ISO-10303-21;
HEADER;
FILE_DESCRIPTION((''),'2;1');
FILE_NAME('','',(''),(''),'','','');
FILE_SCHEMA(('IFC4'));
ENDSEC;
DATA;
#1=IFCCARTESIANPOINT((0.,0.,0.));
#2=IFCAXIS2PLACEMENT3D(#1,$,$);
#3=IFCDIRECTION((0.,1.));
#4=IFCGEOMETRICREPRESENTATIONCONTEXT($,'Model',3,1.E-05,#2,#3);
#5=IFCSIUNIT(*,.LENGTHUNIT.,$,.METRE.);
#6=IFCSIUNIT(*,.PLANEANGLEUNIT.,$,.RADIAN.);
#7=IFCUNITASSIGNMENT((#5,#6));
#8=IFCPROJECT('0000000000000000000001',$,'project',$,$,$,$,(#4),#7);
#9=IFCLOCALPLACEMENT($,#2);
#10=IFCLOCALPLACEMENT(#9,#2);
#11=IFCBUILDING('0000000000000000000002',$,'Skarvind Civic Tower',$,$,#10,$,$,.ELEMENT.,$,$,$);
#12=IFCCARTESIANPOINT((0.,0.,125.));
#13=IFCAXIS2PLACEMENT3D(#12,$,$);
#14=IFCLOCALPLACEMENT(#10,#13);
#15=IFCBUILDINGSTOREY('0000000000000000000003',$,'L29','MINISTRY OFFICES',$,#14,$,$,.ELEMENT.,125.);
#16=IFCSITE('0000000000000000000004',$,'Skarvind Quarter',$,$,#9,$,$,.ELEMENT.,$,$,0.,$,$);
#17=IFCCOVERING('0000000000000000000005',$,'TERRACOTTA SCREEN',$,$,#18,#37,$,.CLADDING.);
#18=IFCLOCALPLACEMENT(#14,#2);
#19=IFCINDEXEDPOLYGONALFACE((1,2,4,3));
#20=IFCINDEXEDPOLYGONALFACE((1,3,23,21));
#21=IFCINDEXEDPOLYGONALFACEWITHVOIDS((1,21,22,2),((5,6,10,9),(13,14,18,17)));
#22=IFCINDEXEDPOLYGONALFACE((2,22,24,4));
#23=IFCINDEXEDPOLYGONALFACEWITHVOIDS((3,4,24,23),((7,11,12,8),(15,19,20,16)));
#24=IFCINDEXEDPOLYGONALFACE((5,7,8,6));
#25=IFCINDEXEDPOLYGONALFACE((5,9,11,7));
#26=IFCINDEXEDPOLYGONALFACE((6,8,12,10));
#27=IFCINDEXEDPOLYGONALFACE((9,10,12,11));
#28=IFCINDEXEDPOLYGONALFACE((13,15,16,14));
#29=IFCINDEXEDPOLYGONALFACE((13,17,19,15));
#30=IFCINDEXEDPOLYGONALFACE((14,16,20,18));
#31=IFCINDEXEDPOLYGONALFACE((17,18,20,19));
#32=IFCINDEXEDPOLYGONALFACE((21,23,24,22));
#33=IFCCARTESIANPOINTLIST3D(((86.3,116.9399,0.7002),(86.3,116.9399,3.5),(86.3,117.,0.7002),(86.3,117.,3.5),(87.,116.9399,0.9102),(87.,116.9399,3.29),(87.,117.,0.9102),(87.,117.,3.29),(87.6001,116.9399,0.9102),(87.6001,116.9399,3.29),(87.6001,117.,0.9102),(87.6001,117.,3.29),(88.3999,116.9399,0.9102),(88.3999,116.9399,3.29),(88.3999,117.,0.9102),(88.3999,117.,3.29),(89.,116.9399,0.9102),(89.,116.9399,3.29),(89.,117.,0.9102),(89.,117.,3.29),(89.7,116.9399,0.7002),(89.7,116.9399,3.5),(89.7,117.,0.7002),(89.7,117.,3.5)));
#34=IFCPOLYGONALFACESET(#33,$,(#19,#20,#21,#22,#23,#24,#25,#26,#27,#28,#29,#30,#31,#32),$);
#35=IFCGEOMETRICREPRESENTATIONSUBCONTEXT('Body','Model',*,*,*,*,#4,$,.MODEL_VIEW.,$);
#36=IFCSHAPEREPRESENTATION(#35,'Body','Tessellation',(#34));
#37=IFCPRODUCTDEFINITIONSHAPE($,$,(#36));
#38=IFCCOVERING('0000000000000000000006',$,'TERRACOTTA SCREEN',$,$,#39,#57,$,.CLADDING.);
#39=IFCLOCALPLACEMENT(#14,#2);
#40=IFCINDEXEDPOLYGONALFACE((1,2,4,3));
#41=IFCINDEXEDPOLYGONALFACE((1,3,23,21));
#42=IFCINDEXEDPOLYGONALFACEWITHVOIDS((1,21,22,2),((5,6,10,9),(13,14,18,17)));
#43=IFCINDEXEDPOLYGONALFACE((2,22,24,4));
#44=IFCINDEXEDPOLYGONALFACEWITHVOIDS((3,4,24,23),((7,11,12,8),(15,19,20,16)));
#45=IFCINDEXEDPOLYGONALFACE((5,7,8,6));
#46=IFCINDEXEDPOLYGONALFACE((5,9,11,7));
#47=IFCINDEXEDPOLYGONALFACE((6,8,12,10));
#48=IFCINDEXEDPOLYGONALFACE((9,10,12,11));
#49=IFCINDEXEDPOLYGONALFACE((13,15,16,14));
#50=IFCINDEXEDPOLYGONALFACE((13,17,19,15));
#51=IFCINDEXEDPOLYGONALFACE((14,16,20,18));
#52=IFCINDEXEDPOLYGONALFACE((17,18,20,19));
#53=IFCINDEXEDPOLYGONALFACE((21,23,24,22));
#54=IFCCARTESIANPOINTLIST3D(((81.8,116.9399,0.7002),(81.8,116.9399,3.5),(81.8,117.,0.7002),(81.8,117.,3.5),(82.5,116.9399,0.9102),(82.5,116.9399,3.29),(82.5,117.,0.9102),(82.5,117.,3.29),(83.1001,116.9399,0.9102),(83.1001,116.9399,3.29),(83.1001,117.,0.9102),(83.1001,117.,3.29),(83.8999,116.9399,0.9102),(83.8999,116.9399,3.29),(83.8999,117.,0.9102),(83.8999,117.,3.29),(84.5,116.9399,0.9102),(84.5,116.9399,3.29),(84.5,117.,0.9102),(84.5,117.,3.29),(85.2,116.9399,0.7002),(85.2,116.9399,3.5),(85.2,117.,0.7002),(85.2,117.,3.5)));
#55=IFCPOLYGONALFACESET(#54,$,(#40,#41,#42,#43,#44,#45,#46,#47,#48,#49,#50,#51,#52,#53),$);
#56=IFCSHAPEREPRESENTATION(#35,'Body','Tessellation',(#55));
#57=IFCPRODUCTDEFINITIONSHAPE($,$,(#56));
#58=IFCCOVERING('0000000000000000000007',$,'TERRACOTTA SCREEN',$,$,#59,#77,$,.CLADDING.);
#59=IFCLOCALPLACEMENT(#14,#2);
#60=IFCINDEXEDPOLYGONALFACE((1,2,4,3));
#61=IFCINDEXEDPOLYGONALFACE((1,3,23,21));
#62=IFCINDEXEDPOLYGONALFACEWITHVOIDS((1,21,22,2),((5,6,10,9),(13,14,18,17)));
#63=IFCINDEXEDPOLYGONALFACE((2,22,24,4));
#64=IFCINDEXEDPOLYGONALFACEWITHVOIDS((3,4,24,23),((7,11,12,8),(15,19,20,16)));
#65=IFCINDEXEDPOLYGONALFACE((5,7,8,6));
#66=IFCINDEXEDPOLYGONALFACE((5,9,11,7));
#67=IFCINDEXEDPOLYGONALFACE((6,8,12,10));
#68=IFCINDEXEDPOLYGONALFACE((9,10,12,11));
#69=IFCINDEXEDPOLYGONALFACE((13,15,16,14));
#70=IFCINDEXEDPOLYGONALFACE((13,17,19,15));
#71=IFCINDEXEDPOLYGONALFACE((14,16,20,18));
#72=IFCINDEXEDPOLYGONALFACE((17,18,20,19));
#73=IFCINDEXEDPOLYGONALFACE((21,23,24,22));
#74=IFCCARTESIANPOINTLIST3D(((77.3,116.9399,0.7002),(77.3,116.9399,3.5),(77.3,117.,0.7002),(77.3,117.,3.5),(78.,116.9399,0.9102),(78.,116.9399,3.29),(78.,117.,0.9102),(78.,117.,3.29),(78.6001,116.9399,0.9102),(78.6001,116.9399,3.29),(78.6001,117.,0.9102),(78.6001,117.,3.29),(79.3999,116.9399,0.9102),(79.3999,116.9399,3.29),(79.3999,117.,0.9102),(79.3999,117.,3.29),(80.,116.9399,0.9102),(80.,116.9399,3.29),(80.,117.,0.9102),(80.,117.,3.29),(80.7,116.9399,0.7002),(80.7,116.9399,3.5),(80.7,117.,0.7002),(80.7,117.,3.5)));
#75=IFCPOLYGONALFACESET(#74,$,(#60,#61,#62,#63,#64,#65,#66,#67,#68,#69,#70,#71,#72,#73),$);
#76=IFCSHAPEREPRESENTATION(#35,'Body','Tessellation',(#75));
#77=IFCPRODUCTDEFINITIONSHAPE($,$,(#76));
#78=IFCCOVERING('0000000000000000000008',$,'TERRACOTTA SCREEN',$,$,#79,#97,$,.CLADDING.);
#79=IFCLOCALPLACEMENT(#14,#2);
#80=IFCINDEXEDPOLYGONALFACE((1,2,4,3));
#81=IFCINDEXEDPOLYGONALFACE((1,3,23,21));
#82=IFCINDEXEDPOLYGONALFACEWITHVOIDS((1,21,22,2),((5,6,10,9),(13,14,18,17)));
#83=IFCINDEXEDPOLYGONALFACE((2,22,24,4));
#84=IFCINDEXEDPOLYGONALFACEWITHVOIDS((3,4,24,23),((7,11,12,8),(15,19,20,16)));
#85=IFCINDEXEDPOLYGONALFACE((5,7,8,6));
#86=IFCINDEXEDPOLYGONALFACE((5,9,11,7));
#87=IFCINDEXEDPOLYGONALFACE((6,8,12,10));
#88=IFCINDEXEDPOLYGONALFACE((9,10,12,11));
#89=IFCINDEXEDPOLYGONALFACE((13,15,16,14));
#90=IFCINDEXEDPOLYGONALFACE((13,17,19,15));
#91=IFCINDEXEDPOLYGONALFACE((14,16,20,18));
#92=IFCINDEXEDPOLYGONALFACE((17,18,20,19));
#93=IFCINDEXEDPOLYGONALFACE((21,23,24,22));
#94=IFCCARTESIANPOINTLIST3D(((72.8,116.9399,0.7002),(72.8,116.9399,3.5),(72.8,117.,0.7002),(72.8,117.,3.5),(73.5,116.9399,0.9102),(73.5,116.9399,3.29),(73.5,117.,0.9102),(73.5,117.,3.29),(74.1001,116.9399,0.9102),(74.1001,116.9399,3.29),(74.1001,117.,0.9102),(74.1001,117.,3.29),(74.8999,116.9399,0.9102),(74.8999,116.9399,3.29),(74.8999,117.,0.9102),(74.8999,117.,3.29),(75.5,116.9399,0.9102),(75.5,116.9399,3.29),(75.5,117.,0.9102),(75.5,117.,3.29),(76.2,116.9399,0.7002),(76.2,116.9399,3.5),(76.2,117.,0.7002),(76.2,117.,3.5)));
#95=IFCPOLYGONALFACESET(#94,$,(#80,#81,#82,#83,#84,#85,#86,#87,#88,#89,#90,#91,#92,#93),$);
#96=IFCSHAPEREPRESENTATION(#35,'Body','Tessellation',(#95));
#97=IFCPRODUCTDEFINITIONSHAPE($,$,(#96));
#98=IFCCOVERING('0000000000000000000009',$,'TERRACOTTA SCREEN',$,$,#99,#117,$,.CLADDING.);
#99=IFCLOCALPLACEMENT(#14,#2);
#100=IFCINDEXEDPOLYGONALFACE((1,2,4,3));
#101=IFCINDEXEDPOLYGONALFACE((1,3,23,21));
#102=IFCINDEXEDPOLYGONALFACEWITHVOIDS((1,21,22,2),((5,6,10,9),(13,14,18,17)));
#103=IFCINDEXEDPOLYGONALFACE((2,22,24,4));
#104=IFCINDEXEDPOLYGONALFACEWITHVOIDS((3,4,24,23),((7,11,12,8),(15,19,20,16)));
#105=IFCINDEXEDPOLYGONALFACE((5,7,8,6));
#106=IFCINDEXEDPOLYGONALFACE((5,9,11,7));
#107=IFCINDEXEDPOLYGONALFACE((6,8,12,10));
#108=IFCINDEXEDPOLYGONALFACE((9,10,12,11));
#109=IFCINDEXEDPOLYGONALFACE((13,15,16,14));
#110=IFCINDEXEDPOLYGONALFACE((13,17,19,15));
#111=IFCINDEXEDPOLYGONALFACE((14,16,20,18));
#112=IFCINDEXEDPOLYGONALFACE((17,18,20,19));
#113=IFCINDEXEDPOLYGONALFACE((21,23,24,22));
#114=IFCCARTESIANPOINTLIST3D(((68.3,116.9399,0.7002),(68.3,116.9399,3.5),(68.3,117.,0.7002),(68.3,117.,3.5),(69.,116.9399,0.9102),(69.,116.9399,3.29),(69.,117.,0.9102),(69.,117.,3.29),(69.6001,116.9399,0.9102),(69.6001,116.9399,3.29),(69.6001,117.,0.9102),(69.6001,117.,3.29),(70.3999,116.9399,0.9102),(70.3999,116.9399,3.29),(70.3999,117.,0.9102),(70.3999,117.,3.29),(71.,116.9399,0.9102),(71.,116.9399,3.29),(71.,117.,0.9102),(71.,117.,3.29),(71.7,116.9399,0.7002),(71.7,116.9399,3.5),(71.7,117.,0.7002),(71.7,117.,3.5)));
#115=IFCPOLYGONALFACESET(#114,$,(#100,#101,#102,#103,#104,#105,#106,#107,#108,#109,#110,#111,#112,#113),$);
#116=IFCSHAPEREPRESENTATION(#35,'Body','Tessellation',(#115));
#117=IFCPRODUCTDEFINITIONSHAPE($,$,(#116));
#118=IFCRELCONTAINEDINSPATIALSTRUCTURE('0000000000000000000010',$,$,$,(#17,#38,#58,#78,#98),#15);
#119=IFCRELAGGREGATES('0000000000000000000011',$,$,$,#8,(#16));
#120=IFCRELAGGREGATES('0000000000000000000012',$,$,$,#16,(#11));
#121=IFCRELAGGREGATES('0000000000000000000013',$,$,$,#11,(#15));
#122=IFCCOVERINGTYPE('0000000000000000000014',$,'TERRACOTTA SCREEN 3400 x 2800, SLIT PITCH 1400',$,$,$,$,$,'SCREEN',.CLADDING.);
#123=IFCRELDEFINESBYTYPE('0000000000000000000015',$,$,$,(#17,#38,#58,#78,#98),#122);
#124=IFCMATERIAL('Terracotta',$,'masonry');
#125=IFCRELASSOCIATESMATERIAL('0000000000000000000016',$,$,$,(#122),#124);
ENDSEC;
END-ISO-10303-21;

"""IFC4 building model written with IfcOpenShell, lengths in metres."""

from ifc_helpers import new_model, si_unit, direction, frame, origin, place, context, subcontext, project, spatial, polyline, outline, extrude, material, material_profile, profile_set, type_object, element, save


model = new_model("IFC4")

# Units and contexts
model_context = context("Model", 3, precision=1e-05, world=origin(), true_north=direction((0.0, 1.0)))
body_context = subcontext(model_context, "Body", "Model", "MODEL_VIEW")
ifc_project = project(units=[si_unit("LENGTHUNIT", "METRE"), si_unit("PLANEANGLEUNIT", "RADIAN")], contexts=[model_context])

# Site, building, storey
site_placement = place(None, origin())
site = spatial("IfcSite", under=ifc_project, at=site_placement, Name="Skarvind Quarter", CompositionType="ELEMENT", RefElevation=0.0)
building_placement = place(site_placement, origin())
building = spatial("IfcBuilding", under=site, at=building_placement, Name="Skarvind Civic Tower", CompositionType="ELEMENT")
storey_placement = place(building_placement, frame((0.0, 0.0, 125.0)))
storey = spatial("IfcBuildingStorey", under=building, at=storey_placement, Name="L29", Description="MINISTRY OFFICES", CompositionType="ELEMENT", Elevation=125.0)

# Coverings
ifc_material_1 = material(Name="Terracotta", Category="masonry")
ifc_material_profile_1 = material_profile(ifc_material_1, outline(polyline([(-1.7, -1.3999), (1.7, -1.3999), (1.7, 1.3999), (-1.7, 1.3999), (-1.7, -1.3999)]), holes=[polyline([(-1.0, -1.1899), (-0.3999, -1.1899), (-0.3999, 1.1899), (-1.0, 1.1899), (-1.0, -1.1899)]), polyline([(0.3999, -1.1899), (1.0, -1.1899), (1.0, 1.1899), (0.3999, 1.1899), (0.3999, -1.1899)])]), Name="TERRACOTTA SCREEN 3400 x 2800, SLIT PITCH 1400")
ifc_profile_set_1 = profile_set([ifc_material_profile_1], Name="Terracotta")
covering_type = type_object("IfcCoveringType", Name="TERRACOTTA SCREEN 3400 x 2800, SLIT PITCH 1400", ElementType="SCREEN", PredefinedType="CLADDING", material=ifc_profile_set_1)
for number, where, z_axis, x_axis, name in (
    (1, (88.0, 117.0, 2.1001), (0.0, -1.0, 0.0), (1.0, 0.0, 0.0), "TERRACOTTA SCREEN"),
    (2, (83.5, 117.0, 2.1001), (0.0, -1.0, 0.0), (1.0, 0.0, 0.0), "TERRACOTTA SCREEN"),
    (3, (79.0, 117.0, 2.1001), (0.0, -1.0, 0.0), (1.0, 0.0, 0.0), "TERRACOTTA SCREEN"),
    (4, (74.5, 117.0, 2.1001), (0.0, -1.0, 0.0), (1.0, 0.0, 0.0), "TERRACOTTA SCREEN"),
    (5, (70.0, 117.0, 2.1001), (0.0, -1.0, 0.0), (1.0, 0.0, 0.0), "TERRACOTTA SCREEN"),
):
    element("IfcCovering", number, at=place(storey_placement, frame(where, z_axis=z_axis, x_axis=x_axis)), inside=storey, type_object=covering_type, Name=name, PredefinedType="CLADDING", context=body_context, shape_type="SweptSolid", body=[
        extrude(outline(polyline([(-1.7, -1.3999), (1.7, -1.3999), (1.7, 1.3999), (-1.7, 1.3999), (-1.7, -1.3999)]), holes=[polyline([(-1.0, -1.1899), (-0.3999, -1.1899), (-0.3999, 1.1899), (-1.0, 1.1899), (-1.0, -1.1899)]), polyline([(0.3999, -1.1899), (1.0, -1.1899), (1.0, 1.1899), (0.3999, 1.1899), (0.3999, -1.1899)])]), origin(), (0.0, 0.0, 1.0), 0.0601),
    ])

save(model, "model.ifc")
